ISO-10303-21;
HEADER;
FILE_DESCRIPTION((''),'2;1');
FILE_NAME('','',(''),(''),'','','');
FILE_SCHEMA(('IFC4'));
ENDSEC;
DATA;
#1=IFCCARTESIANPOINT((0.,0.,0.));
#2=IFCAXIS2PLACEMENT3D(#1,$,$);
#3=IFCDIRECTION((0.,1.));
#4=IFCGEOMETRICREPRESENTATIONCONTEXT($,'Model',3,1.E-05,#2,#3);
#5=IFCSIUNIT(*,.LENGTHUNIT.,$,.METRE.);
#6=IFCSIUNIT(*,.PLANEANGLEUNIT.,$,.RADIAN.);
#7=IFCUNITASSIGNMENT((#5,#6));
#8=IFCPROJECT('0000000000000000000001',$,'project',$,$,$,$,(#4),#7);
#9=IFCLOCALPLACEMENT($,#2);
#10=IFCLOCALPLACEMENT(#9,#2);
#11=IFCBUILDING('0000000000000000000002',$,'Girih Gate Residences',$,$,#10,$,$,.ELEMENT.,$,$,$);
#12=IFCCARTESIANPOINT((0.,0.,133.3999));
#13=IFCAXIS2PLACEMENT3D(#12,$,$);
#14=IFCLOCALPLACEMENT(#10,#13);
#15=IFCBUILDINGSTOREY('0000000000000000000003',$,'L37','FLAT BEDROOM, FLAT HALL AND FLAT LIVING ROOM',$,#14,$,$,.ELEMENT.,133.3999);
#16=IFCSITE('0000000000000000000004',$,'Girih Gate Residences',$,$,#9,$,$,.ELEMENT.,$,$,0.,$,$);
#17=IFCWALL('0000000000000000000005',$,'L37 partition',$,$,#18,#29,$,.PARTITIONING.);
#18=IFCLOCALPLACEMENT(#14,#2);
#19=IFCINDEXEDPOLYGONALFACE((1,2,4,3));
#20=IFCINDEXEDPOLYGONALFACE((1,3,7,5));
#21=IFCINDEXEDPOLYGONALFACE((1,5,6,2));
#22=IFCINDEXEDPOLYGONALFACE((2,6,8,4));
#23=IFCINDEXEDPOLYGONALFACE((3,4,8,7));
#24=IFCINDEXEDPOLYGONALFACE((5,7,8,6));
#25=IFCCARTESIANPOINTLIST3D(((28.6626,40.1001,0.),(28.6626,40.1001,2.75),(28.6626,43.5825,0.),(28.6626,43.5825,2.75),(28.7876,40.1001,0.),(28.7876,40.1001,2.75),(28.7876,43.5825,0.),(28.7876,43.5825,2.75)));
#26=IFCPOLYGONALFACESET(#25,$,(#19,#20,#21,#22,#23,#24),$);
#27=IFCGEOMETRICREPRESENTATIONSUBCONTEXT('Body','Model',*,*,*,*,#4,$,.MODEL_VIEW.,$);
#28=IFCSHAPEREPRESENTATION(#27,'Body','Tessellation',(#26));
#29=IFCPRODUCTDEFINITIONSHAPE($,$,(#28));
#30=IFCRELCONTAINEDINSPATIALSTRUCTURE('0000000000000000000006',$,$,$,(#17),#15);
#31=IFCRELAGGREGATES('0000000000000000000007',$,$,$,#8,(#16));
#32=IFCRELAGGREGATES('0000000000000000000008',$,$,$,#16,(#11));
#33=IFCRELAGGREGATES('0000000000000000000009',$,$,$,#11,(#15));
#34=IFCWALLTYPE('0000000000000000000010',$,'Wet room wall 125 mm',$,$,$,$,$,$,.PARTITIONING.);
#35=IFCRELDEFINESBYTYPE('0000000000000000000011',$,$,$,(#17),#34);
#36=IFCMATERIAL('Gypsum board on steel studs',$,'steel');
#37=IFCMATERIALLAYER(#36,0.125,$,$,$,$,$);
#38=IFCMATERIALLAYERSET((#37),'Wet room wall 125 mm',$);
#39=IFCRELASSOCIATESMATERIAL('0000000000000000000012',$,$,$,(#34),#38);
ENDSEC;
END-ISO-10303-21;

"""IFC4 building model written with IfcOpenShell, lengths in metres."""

from ifc_helpers import new_model, si_unit, direction, frame, frame_2d, origin, place, context, subcontext, project, spatial, rectangle, extrude, material, layer, layer_set, type_object, element, save


model = new_model("IFC4")

# Units and contexts
model_context = context("Model", 3, precision=1e-05, world=origin(), true_north=direction((0.0, 1.0)))
body_context = subcontext(model_context, "Body", "Model", "MODEL_VIEW")
ifc_project = project(units=[si_unit("LENGTHUNIT", "METRE"), si_unit("PLANEANGLEUNIT", "RADIAN")], contexts=[model_context])

# Site, building, storey
site_placement = place(None, origin())
site = spatial("IfcSite", under=ifc_project, at=site_placement, Name="Girih Gate Residences", CompositionType="ELEMENT", RefElevation=0.0)
building_placement = place(site_placement, origin())
building = spatial("IfcBuilding", under=site, at=building_placement, Name="Girih Gate Residences", CompositionType="ELEMENT")
storey_placement = place(building_placement, frame((0.0, 0.0, 133.3999)))
storey = spatial("IfcBuildingStorey", under=building, at=storey_placement, Name="L37", Description="FLAT BEDROOM, FLAT HALL AND FLAT LIVING ROOM", CompositionType="ELEMENT", Elevation=133.3999)

# Shared definitions
ifc_material_1 = material(Name="Gypsum board on steel studs", Category="steel")

# Wall
ifc_layer_1 = layer(ifc_material_1, 0.125)
ifc_layer_set_1 = layer_set([ifc_layer_1], Name="Wet room wall 125 mm")
wall_type_1 = type_object("IfcWallType", Name="Wet room wall 125 mm", PredefinedType="PARTITIONING", material=ifc_layer_set_1)
wall_1_placement = place(storey_placement, frame((28.7251, 40.1001, 0.0), z_axis=(0.0, 0.0, 1.0), x_axis=(0.0, 1.0, 0.0)))
element("IfcWall", 1, at=wall_1_placement, inside=storey, type_object=wall_type_1, Name="L37 partition", PredefinedType="PARTITIONING", context=body_context, shape_type="SweptSolid", body=[
    extrude(rectangle(XDim=3.4824, YDim=0.125, at=frame_2d((1.7412, 0.0))), origin(), (0.0, 0.0, 1.0), 2.75),
])

save(model, "model.ifc")
